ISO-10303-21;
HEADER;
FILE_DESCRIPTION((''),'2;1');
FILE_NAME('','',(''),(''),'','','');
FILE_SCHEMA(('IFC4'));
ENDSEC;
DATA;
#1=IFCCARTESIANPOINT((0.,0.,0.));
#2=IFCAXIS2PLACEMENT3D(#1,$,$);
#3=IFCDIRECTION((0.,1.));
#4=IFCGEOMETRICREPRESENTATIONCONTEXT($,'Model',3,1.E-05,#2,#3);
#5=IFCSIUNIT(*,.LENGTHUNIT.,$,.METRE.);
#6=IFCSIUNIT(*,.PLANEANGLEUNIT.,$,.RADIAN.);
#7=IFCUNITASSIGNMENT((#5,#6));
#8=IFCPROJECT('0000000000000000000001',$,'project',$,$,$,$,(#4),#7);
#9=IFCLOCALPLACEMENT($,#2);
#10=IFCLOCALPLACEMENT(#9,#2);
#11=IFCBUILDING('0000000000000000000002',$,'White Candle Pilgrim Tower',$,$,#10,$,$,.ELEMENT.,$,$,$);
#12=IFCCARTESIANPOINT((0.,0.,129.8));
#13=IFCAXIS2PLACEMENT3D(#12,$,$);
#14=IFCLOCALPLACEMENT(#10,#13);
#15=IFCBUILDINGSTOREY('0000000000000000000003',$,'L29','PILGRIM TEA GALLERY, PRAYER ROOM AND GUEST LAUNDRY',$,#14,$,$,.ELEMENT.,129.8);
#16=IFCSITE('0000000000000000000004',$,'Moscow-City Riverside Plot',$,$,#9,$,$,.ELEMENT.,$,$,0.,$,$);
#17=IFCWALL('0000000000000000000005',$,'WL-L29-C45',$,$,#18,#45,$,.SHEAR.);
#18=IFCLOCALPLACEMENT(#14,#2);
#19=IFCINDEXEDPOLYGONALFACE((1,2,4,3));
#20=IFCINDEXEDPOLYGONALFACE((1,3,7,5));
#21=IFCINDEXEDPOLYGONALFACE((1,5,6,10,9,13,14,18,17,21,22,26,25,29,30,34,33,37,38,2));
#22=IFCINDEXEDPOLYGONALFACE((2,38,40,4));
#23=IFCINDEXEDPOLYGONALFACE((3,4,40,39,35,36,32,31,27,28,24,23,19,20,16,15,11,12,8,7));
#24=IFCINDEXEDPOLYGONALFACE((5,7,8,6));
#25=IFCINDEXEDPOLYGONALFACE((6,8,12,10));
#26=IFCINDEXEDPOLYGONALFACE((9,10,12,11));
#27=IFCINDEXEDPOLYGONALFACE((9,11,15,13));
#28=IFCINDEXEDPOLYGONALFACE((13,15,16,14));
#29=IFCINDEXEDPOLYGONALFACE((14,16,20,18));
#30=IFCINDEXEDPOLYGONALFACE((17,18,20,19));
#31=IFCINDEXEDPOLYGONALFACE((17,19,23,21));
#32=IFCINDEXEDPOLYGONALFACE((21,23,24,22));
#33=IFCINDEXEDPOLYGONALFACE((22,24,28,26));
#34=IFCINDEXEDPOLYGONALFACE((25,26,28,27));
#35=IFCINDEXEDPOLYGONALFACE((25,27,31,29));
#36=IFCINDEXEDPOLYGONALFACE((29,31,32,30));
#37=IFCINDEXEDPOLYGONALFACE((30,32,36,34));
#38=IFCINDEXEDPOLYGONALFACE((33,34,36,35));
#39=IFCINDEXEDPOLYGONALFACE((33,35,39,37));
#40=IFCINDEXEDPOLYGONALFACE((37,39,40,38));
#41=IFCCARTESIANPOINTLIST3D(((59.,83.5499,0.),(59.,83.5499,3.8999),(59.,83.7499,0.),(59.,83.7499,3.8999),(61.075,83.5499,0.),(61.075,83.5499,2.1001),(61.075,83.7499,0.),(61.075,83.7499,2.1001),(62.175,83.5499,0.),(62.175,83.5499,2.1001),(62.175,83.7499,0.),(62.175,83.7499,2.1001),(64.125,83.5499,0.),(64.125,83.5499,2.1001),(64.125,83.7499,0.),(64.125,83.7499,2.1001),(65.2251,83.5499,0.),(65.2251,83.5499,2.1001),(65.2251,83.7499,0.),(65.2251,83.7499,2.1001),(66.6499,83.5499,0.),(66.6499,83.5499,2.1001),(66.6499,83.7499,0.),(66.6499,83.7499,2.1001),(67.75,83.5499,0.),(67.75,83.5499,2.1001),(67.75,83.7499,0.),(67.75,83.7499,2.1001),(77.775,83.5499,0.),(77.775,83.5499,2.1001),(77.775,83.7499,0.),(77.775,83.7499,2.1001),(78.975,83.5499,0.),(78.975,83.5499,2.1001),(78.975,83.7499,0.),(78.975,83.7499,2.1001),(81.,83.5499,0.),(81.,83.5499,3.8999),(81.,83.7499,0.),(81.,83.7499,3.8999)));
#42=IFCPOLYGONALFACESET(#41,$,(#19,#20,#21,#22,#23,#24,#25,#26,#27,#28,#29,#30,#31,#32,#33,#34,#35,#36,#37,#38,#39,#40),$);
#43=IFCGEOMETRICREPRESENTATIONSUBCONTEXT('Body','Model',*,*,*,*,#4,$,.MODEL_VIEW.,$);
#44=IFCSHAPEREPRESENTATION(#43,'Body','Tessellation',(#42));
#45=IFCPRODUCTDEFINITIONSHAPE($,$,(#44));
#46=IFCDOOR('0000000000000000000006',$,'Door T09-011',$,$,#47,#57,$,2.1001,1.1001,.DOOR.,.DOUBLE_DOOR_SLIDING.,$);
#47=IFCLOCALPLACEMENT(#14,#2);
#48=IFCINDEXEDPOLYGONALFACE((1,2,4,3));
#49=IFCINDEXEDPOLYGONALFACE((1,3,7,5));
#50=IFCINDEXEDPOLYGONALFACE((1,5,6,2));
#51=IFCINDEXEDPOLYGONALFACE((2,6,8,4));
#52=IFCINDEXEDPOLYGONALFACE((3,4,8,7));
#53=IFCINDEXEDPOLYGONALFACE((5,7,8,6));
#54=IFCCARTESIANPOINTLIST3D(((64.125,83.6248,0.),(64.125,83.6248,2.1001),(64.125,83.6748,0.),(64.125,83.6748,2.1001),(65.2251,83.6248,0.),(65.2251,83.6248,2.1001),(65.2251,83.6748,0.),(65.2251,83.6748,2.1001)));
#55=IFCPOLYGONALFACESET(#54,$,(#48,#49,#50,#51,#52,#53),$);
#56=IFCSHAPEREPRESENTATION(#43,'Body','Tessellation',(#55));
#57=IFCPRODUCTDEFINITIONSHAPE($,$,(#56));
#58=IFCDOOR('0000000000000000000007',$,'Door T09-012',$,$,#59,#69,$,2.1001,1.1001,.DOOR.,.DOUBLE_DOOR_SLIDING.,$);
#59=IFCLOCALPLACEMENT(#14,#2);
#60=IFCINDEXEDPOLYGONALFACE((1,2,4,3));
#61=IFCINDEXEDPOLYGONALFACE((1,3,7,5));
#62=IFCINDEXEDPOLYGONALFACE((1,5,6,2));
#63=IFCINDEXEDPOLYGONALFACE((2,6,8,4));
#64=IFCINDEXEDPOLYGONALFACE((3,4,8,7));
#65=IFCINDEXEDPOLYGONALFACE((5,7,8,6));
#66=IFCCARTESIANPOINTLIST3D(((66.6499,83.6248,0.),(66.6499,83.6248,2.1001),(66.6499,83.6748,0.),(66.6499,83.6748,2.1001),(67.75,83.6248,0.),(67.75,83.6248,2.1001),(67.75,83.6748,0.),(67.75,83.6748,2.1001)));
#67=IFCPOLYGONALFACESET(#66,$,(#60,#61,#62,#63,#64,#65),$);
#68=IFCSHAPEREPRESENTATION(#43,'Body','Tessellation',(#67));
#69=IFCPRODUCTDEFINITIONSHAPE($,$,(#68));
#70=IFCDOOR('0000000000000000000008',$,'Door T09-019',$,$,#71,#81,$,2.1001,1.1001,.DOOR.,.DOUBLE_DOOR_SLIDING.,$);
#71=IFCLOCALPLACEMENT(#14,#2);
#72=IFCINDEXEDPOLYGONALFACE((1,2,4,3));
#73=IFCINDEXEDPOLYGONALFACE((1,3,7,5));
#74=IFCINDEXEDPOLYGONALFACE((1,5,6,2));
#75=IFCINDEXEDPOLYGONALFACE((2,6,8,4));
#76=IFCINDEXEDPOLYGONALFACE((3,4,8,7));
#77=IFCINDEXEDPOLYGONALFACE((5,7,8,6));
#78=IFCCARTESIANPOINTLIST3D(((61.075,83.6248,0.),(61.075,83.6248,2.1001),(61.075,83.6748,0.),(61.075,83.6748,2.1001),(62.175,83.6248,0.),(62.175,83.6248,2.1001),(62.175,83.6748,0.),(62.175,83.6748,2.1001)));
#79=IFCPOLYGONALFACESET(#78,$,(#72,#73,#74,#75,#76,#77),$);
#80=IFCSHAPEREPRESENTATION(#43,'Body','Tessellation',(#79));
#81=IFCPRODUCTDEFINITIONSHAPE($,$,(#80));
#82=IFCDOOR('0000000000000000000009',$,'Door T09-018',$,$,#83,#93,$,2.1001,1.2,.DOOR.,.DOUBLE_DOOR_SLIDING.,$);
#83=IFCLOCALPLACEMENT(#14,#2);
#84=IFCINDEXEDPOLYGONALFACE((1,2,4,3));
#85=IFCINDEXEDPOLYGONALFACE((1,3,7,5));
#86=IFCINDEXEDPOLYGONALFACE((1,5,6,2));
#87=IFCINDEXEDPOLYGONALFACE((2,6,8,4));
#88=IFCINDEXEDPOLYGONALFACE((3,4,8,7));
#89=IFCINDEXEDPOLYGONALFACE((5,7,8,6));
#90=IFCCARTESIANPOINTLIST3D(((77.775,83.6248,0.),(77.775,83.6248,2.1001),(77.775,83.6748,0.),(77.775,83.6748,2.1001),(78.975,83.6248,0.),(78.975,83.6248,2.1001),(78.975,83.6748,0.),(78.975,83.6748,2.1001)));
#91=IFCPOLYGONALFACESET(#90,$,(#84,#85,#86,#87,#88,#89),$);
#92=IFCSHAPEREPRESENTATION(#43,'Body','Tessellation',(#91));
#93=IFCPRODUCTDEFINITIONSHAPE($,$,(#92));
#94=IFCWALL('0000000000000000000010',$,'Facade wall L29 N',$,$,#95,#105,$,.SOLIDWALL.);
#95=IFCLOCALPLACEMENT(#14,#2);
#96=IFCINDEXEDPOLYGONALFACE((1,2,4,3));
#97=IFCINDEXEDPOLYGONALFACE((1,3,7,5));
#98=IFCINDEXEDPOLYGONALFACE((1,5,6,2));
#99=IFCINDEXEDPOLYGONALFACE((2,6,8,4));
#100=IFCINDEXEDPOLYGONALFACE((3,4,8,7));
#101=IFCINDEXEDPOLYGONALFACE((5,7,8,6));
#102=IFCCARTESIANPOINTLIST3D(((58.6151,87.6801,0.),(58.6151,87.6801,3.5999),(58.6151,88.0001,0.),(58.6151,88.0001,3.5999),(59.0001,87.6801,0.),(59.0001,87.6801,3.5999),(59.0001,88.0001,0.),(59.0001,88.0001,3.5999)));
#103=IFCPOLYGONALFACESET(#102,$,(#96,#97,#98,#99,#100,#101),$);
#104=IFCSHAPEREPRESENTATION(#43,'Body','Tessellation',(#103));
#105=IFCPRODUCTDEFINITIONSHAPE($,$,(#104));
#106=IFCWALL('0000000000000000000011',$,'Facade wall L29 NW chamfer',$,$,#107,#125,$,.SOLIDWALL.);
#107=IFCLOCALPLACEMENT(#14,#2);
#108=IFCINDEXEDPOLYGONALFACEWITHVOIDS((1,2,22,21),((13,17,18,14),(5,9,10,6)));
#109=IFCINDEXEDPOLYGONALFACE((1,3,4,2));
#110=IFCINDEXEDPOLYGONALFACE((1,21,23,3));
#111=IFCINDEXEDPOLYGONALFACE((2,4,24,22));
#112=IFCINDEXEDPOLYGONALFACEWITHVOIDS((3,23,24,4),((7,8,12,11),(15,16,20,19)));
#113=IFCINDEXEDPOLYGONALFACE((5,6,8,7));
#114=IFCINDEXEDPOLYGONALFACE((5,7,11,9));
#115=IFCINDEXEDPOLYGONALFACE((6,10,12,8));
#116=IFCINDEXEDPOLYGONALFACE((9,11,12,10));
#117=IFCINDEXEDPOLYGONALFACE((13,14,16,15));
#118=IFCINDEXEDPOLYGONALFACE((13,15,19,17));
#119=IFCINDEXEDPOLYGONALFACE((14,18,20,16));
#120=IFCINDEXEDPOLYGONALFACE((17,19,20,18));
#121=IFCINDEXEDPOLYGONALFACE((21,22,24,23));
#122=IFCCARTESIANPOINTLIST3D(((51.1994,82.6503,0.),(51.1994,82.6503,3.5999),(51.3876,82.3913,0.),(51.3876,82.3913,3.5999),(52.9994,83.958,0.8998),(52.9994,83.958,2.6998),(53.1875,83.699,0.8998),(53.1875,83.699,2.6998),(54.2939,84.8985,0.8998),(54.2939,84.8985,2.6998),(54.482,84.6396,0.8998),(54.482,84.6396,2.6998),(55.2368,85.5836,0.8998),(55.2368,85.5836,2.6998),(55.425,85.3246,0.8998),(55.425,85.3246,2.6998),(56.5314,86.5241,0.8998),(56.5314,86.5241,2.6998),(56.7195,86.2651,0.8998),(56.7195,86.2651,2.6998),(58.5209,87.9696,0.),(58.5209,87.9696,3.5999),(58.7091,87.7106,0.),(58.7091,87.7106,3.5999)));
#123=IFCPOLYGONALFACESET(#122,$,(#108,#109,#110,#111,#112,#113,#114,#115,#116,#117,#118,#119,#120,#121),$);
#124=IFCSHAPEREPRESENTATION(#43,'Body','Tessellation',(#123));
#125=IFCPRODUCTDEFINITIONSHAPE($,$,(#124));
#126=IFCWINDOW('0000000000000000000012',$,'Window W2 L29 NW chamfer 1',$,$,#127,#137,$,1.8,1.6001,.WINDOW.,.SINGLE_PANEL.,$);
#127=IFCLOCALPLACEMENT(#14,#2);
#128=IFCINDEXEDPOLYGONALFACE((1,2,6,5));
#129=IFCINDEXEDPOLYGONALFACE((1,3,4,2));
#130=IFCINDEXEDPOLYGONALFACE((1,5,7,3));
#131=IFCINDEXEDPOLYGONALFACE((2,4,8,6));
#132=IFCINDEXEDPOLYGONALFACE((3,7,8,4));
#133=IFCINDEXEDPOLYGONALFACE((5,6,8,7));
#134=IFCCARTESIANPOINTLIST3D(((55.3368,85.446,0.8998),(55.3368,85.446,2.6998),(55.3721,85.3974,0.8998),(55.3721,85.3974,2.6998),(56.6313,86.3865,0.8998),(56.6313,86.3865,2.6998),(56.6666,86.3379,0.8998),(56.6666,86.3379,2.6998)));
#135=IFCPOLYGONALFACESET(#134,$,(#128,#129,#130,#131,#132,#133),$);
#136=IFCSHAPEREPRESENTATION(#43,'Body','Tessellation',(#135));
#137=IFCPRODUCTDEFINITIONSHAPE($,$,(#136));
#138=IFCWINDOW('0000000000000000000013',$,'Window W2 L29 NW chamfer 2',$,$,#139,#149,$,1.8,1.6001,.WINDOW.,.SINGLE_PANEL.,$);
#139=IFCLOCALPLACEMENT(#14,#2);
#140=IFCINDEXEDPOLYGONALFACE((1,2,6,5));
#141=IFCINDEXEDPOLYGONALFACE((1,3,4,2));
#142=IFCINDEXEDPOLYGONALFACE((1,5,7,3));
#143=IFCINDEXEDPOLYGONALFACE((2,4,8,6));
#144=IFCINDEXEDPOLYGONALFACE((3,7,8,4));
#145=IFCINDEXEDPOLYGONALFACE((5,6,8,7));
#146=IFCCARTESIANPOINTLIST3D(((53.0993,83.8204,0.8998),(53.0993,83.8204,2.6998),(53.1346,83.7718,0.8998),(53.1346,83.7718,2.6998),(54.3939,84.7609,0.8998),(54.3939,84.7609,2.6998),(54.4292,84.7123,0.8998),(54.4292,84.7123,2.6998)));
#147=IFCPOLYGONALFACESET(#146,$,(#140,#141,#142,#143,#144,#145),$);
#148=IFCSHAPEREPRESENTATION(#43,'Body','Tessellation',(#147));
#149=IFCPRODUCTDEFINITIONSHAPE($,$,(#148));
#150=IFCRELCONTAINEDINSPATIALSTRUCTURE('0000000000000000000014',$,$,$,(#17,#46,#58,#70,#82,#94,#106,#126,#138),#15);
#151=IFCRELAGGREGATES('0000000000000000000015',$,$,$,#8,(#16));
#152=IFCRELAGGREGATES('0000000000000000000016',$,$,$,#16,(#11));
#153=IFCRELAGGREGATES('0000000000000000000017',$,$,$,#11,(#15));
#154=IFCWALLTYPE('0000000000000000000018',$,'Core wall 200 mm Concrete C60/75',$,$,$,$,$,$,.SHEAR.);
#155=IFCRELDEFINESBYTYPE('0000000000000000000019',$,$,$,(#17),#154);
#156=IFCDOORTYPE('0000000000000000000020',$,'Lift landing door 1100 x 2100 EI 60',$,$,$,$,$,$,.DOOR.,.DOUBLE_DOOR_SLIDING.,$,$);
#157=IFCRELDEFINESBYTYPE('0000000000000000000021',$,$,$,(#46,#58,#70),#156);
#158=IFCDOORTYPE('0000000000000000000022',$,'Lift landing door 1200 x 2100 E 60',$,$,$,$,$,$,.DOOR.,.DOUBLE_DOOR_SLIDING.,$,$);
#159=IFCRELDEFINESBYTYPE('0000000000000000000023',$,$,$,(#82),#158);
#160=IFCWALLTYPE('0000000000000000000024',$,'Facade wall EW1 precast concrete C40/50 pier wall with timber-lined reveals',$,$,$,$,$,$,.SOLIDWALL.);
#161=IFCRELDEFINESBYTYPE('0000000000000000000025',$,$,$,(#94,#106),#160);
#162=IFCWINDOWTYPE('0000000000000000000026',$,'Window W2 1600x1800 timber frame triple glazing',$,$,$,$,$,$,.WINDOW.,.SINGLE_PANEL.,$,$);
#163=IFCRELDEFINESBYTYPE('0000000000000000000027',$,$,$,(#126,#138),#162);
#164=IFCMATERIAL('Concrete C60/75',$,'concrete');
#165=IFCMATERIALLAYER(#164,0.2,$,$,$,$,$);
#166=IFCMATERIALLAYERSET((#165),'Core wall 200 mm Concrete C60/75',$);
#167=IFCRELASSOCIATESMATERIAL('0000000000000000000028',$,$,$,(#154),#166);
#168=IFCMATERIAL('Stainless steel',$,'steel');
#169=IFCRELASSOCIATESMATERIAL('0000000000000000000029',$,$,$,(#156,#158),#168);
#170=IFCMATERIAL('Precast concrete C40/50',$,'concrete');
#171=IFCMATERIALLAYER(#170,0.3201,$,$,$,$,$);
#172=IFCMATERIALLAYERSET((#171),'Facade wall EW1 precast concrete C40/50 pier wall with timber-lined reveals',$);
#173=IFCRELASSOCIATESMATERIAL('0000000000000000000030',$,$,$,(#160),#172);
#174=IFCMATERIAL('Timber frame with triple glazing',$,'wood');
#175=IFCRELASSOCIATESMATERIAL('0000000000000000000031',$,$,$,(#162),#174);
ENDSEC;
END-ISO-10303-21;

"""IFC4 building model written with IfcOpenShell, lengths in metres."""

from ifc_helpers import new_model, si_unit, direction, frame, frame_2d, origin, place, context, subcontext, project, spatial, rectangle, extrude, material, layer, layer_set, type_object, element, fill, save


model = new_model("IFC4")

# Units and contexts
model_context = context("Model", 3, precision=1e-05, world=origin(), true_north=direction((0.0, 1.0)))
body_context = subcontext(model_context, "Body", "Model", "MODEL_VIEW")
ifc_project = project(units=[si_unit("LENGTHUNIT", "METRE"), si_unit("PLANEANGLEUNIT", "RADIAN")], contexts=[model_context])

# Site, building, storey
site_placement = place(None, origin())
site = spatial("IfcSite", under=ifc_project, at=site_placement, Name="Moscow-City Riverside Plot", CompositionType="ELEMENT", RefElevation=0.0)
building_placement = place(site_placement, origin())
building = spatial("IfcBuilding", under=site, at=building_placement, Name="White Candle Pilgrim Tower", CompositionType="ELEMENT")
storey_placement = place(building_placement, frame((0.0, 0.0, 129.8)))
storey = spatial("IfcBuildingStorey", under=building, at=storey_placement, Name="L29", Description="PILGRIM TEA GALLERY, PRAYER ROOM AND GUEST LAUNDRY", CompositionType="ELEMENT", Elevation=129.8)

# Shared definitions
ifc_material_1 = material(Name="Concrete C60/75", Category="concrete")
ifc_layer_1 = layer(ifc_material_1, 0.2)
ifc_layer_set_1 = layer_set([ifc_layer_1], Name="Core wall 200 mm Concrete C60/75")
wall_type_1 = type_object("IfcWallType", Name="Core wall 200 mm Concrete C60/75", PredefinedType="SHEAR", material=ifc_layer_set_1)

# Wall, openings, doors
wall_1_placement = place(storey_placement, frame((59.0, 83.6499, 0.0), z_axis=(0.0, 0.0, 1.0), x_axis=(1.0, 0.0, 0.0)))
wall_1 = element("IfcWall", 1, at=wall_1_placement, inside=storey, type_object=wall_type_1, Name="WL-L29-C45", PredefinedType="SHEAR", context=body_context, shape_type="SweptSolid", body=[
    extrude(rectangle(XDim=22.0, YDim=0.2, at=frame_2d((11.0, 0.0))), origin(), (0.0, 0.0, 1.0), 3.8999),
])
opening_1_placement = place(wall_1_placement, frame((5.125, 0.0, 0.0)))
opening_1 = element("IfcOpeningElement", 2, at=opening_1_placement, cuts=wall_1, PredefinedType="OPENING", context=body_context, shape_type="SweptSolid", body=[
    extrude(rectangle(XDim=1.1001, YDim=2.1001, at=frame_2d((0.55, 1.05))), frame((0.0, 0.1099, 0.0), z_axis=(0.0, -1.0, 0.0), x_axis=(1.0, 0.0, 0.0)), (0.0, 0.0, 1.0), 0.22),
])
opening_2_placement = place(wall_1_placement, frame((7.6499, 0.0, 0.0)))
opening_2 = element("IfcOpeningElement", 3, at=opening_2_placement, cuts=wall_1, PredefinedType="OPENING", context=body_context, shape_type="SweptSolid", body=[
    extrude(rectangle(XDim=1.1001, YDim=2.1001, at=frame_2d((0.55, 1.05))), frame((0.0, 0.1099, 0.0), z_axis=(0.0, -1.0, 0.0), x_axis=(1.0, 0.0, 0.0)), (0.0, 0.0, 1.0), 0.22),
])
opening_3_placement = place(wall_1_placement, frame((18.7749, 0.0, 0.0)))
opening_3 = element("IfcOpeningElement", 4, at=opening_3_placement, cuts=wall_1, PredefinedType="OPENING", context=body_context, shape_type="SweptSolid", body=[
    extrude(rectangle(XDim=1.2, YDim=2.1001, at=frame_2d((0.6001, 1.05))), frame((0.0, 0.1099, 0.0), z_axis=(0.0, -1.0, 0.0), x_axis=(1.0, 0.0, 0.0)), (0.0, 0.0, 1.0), 0.22),
])
opening_4_placement = place(wall_1_placement, frame((2.075, 0.0, 0.0)))
opening_4 = element("IfcOpeningElement", 5, at=opening_4_placement, cuts=wall_1, PredefinedType="OPENING", context=body_context, shape_type="SweptSolid", body=[
    extrude(rectangle(XDim=1.1001, YDim=2.1001, at=frame_2d((0.55, 1.05))), frame((0.0, 0.1099, 0.0), z_axis=(0.0, -1.0, 0.0), x_axis=(1.0, 0.0, 0.0)), (0.0, 0.0, 1.0), 0.22),
])
ifc_material_2 = material(Name="Stainless steel", Category="steel")
door_type_1 = type_object("IfcDoorType", Name="Lift landing door 1100 x 2100 EI 60", OperationType="DOUBLE_DOOR_SLIDING", PredefinedType="DOOR", material=ifc_material_2)
door_1_placement = place(opening_1_placement, origin())
door_1 = element("IfcDoor", 6, at=door_1_placement, inside=storey, type_object=door_type_1, Name="Door T09-011", OperationType="DOUBLE_DOOR_SLIDING", OverallHeight=2.1001, OverallWidth=1.1001, PredefinedType="DOOR", context=body_context, shape_type="SweptSolid", body=[
    extrude(rectangle(XDim=1.1001, YDim=2.1001, at=frame_2d((0.55, 1.05))), frame((0.0, 0.0249, 0.0), z_axis=(0.0, -1.0, 0.0), x_axis=(1.0, 0.0, 0.0)), (0.0, 0.0, 1.0), 0.05),
])
fill(opening_1, door_1)
door_2_placement = place(opening_2_placement, origin())
door_2 = element("IfcDoor", 7, at=door_2_placement, inside=storey, type_object=door_type_1, Name="Door T09-012", OperationType="DOUBLE_DOOR_SLIDING", OverallHeight=2.1001, OverallWidth=1.1001, PredefinedType="DOOR", context=body_context, shape_type="SweptSolid", body=[
    extrude(rectangle(XDim=1.1001, YDim=2.1001, at=frame_2d((0.55, 1.05))), frame((0.0, 0.0249, 0.0), z_axis=(0.0, -1.0, 0.0), x_axis=(1.0, 0.0, 0.0)), (0.0, 0.0, 1.0), 0.05),
])
fill(opening_2, door_2)
door_3_placement = place(opening_4_placement, origin())
door_3 = element("IfcDoor", 8, at=door_3_placement, inside=storey, type_object=door_type_1, Name="Door T09-019", OperationType="DOUBLE_DOOR_SLIDING", OverallHeight=2.1001, OverallWidth=1.1001, PredefinedType="DOOR", context=body_context, shape_type="SweptSolid", body=[
    extrude(rectangle(XDim=1.1001, YDim=2.1001, at=frame_2d((0.55, 1.05))), frame((0.0, 0.0249, 0.0), z_axis=(0.0, -1.0, 0.0), x_axis=(1.0, 0.0, 0.0)), (0.0, 0.0, 1.0), 0.05),
])
fill(opening_4, door_3)
door_type_2 = type_object("IfcDoorType", Name="Lift landing door 1200 x 2100 E 60", OperationType="DOUBLE_DOOR_SLIDING", PredefinedType="DOOR", material=ifc_material_2)
door_4_placement = place(opening_3_placement, origin())
door_4 = element("IfcDoor", 9, at=door_4_placement, inside=storey, type_object=door_type_2, Name="Door T09-018", OperationType="DOUBLE_DOOR_SLIDING", OverallHeight=2.1001, OverallWidth=1.2, PredefinedType="DOOR", context=body_context, shape_type="SweptSolid", body=[
    extrude(rectangle(XDim=1.2, YDim=2.1001, at=frame_2d((0.6001, 1.05))), frame((0.0, 0.0249, 0.0), z_axis=(0.0, -1.0, 0.0), x_axis=(1.0, 0.0, 0.0)), (0.0, 0.0, 1.0), 0.05),
])
fill(opening_3, door_4)

# Wall
ifc_material_3 = material(Name="Precast concrete C40/50", Category="concrete")
ifc_layer_2 = layer(ifc_material_3, 0.3201)
ifc_layer_set_2 = layer_set([ifc_layer_2], Name="Facade wall EW1 precast concrete C40/50 pier wall with timber-lined reveals")
wall_type_2 = type_object("IfcWallType", Name="Facade wall EW1 precast concrete C40/50 pier wall with timber-lined reveals", PredefinedType="SOLIDWALL", material=ifc_layer_set_2)
wall_2_placement = place(storey_placement, frame((59.0, 87.8401, 0.0), z_axis=(0.0, 0.0, 1.0), x_axis=(-1.0, 0.0, 0.0)))
element("IfcWall", 10, at=wall_2_placement, inside=storey, type_object=wall_type_2, Name="Facade wall L29 N", PredefinedType="SOLIDWALL", context=body_context, shape_type="SweptSolid", body=[
    extrude(rectangle(XDim=0.385, YDim=0.3201, at=frame_2d((0.1924, 0.0))), origin(), (0.0, 0.0, 1.0), 3.5999),
])

# Wall, openings, windows
wall_3_placement = place(storey_placement, frame((58.615, 87.8401, 0.0), z_axis=(0.0, 0.0, 1.0), x_axis=(-0.809021, -0.58778, 0.0)))
wall_3 = element("IfcWall", 11, at=wall_3_placement, inside=storey, type_object=wall_type_2, Name="Facade wall L29 NW chamfer", PredefinedType="SOLIDWALL", context=body_context, shape_type="SweptSolid", body=[
    extrude(rectangle(XDim=9.0498, YDim=0.3201, at=frame_2d((4.5249, 0.0))), origin(), (0.0, 0.0, 1.0), 3.5999),
])
opening_5_placement = place(wall_3_placement, frame((2.4592, 0.0, 0.8999)))
opening_5 = element("IfcOpeningElement", 12, at=opening_5_placement, cuts=wall_3, PredefinedType="OPENING", context=body_context, shape_type="SweptSolid", body=[
    extrude(rectangle(XDim=1.6001, YDim=1.8, at=frame_2d((0.8, 0.8999))), frame((0.0, 0.1699, 0.0), z_axis=(0.0, -1.0, 0.0), x_axis=(1.0, 0.0, 0.0)), (0.0, 0.0, 1.0), 0.3401),
])
opening_6_placement = place(wall_3_placement, frame((5.2249, 0.0, 0.8999)))
opening_6 = element("IfcOpeningElement", 13, at=opening_6_placement, cuts=wall_3, PredefinedType="OPENING", context=body_context, shape_type="SweptSolid", body=[
    extrude(rectangle(XDim=1.6001, YDim=1.8, at=frame_2d((0.8, 0.8999))), frame((0.0, 0.1699, 0.0), z_axis=(0.0, -1.0, 0.0), x_axis=(1.0, 0.0, 0.0)), (0.0, 0.0, 1.0), 0.3401),
])
ifc_material_4 = material(Name="Timber frame with triple glazing", Category="wood")
window_type_1 = type_object("IfcWindowType", Name="Window W2 1600x1800 timber frame triple glazing", PartitioningType="SINGLE_PANEL", PredefinedType="WINDOW", material=ifc_material_4)
window_1_placement = place(opening_5_placement, origin())
window_1 = element("IfcWindow", 14, at=window_1_placement, inside=storey, type_object=window_type_1, Name="Window W2 L29 NW chamfer 1", OverallHeight=1.8, OverallWidth=1.6001, PartitioningType="SINGLE_PANEL", PredefinedType="WINDOW", context=body_context, shape_type="SweptSolid", body=[
    extrude(rectangle(XDim=1.6001, YDim=1.8, at=frame_2d((0.8, 0.8999))), frame((0.0, 0.0701, 0.0), z_axis=(0.0, -1.0, 0.0), x_axis=(1.0, 0.0, 0.0)), (0.0, 0.0, 1.0), 0.0601),
])
fill(opening_5, window_1)
window_2_placement = place(opening_6_placement, origin())
window_2 = element("IfcWindow", 15, at=window_2_placement, inside=storey, type_object=window_type_1, Name="Window W2 L29 NW chamfer 2", OverallHeight=1.8, OverallWidth=1.6001, PartitioningType="SINGLE_PANEL", PredefinedType="WINDOW", context=body_context, shape_type="SweptSolid", body=[
    extrude(rectangle(XDim=1.6001, YDim=1.8, at=frame_2d((0.8, 0.8999))), frame((0.0, 0.0701, 0.0), z_axis=(0.0, -1.0, 0.0), x_axis=(1.0, 0.0, 0.0)), (0.0, 0.0, 1.0), 0.0601),
])
fill(opening_6, window_2)

save(model, "model.ifc")
